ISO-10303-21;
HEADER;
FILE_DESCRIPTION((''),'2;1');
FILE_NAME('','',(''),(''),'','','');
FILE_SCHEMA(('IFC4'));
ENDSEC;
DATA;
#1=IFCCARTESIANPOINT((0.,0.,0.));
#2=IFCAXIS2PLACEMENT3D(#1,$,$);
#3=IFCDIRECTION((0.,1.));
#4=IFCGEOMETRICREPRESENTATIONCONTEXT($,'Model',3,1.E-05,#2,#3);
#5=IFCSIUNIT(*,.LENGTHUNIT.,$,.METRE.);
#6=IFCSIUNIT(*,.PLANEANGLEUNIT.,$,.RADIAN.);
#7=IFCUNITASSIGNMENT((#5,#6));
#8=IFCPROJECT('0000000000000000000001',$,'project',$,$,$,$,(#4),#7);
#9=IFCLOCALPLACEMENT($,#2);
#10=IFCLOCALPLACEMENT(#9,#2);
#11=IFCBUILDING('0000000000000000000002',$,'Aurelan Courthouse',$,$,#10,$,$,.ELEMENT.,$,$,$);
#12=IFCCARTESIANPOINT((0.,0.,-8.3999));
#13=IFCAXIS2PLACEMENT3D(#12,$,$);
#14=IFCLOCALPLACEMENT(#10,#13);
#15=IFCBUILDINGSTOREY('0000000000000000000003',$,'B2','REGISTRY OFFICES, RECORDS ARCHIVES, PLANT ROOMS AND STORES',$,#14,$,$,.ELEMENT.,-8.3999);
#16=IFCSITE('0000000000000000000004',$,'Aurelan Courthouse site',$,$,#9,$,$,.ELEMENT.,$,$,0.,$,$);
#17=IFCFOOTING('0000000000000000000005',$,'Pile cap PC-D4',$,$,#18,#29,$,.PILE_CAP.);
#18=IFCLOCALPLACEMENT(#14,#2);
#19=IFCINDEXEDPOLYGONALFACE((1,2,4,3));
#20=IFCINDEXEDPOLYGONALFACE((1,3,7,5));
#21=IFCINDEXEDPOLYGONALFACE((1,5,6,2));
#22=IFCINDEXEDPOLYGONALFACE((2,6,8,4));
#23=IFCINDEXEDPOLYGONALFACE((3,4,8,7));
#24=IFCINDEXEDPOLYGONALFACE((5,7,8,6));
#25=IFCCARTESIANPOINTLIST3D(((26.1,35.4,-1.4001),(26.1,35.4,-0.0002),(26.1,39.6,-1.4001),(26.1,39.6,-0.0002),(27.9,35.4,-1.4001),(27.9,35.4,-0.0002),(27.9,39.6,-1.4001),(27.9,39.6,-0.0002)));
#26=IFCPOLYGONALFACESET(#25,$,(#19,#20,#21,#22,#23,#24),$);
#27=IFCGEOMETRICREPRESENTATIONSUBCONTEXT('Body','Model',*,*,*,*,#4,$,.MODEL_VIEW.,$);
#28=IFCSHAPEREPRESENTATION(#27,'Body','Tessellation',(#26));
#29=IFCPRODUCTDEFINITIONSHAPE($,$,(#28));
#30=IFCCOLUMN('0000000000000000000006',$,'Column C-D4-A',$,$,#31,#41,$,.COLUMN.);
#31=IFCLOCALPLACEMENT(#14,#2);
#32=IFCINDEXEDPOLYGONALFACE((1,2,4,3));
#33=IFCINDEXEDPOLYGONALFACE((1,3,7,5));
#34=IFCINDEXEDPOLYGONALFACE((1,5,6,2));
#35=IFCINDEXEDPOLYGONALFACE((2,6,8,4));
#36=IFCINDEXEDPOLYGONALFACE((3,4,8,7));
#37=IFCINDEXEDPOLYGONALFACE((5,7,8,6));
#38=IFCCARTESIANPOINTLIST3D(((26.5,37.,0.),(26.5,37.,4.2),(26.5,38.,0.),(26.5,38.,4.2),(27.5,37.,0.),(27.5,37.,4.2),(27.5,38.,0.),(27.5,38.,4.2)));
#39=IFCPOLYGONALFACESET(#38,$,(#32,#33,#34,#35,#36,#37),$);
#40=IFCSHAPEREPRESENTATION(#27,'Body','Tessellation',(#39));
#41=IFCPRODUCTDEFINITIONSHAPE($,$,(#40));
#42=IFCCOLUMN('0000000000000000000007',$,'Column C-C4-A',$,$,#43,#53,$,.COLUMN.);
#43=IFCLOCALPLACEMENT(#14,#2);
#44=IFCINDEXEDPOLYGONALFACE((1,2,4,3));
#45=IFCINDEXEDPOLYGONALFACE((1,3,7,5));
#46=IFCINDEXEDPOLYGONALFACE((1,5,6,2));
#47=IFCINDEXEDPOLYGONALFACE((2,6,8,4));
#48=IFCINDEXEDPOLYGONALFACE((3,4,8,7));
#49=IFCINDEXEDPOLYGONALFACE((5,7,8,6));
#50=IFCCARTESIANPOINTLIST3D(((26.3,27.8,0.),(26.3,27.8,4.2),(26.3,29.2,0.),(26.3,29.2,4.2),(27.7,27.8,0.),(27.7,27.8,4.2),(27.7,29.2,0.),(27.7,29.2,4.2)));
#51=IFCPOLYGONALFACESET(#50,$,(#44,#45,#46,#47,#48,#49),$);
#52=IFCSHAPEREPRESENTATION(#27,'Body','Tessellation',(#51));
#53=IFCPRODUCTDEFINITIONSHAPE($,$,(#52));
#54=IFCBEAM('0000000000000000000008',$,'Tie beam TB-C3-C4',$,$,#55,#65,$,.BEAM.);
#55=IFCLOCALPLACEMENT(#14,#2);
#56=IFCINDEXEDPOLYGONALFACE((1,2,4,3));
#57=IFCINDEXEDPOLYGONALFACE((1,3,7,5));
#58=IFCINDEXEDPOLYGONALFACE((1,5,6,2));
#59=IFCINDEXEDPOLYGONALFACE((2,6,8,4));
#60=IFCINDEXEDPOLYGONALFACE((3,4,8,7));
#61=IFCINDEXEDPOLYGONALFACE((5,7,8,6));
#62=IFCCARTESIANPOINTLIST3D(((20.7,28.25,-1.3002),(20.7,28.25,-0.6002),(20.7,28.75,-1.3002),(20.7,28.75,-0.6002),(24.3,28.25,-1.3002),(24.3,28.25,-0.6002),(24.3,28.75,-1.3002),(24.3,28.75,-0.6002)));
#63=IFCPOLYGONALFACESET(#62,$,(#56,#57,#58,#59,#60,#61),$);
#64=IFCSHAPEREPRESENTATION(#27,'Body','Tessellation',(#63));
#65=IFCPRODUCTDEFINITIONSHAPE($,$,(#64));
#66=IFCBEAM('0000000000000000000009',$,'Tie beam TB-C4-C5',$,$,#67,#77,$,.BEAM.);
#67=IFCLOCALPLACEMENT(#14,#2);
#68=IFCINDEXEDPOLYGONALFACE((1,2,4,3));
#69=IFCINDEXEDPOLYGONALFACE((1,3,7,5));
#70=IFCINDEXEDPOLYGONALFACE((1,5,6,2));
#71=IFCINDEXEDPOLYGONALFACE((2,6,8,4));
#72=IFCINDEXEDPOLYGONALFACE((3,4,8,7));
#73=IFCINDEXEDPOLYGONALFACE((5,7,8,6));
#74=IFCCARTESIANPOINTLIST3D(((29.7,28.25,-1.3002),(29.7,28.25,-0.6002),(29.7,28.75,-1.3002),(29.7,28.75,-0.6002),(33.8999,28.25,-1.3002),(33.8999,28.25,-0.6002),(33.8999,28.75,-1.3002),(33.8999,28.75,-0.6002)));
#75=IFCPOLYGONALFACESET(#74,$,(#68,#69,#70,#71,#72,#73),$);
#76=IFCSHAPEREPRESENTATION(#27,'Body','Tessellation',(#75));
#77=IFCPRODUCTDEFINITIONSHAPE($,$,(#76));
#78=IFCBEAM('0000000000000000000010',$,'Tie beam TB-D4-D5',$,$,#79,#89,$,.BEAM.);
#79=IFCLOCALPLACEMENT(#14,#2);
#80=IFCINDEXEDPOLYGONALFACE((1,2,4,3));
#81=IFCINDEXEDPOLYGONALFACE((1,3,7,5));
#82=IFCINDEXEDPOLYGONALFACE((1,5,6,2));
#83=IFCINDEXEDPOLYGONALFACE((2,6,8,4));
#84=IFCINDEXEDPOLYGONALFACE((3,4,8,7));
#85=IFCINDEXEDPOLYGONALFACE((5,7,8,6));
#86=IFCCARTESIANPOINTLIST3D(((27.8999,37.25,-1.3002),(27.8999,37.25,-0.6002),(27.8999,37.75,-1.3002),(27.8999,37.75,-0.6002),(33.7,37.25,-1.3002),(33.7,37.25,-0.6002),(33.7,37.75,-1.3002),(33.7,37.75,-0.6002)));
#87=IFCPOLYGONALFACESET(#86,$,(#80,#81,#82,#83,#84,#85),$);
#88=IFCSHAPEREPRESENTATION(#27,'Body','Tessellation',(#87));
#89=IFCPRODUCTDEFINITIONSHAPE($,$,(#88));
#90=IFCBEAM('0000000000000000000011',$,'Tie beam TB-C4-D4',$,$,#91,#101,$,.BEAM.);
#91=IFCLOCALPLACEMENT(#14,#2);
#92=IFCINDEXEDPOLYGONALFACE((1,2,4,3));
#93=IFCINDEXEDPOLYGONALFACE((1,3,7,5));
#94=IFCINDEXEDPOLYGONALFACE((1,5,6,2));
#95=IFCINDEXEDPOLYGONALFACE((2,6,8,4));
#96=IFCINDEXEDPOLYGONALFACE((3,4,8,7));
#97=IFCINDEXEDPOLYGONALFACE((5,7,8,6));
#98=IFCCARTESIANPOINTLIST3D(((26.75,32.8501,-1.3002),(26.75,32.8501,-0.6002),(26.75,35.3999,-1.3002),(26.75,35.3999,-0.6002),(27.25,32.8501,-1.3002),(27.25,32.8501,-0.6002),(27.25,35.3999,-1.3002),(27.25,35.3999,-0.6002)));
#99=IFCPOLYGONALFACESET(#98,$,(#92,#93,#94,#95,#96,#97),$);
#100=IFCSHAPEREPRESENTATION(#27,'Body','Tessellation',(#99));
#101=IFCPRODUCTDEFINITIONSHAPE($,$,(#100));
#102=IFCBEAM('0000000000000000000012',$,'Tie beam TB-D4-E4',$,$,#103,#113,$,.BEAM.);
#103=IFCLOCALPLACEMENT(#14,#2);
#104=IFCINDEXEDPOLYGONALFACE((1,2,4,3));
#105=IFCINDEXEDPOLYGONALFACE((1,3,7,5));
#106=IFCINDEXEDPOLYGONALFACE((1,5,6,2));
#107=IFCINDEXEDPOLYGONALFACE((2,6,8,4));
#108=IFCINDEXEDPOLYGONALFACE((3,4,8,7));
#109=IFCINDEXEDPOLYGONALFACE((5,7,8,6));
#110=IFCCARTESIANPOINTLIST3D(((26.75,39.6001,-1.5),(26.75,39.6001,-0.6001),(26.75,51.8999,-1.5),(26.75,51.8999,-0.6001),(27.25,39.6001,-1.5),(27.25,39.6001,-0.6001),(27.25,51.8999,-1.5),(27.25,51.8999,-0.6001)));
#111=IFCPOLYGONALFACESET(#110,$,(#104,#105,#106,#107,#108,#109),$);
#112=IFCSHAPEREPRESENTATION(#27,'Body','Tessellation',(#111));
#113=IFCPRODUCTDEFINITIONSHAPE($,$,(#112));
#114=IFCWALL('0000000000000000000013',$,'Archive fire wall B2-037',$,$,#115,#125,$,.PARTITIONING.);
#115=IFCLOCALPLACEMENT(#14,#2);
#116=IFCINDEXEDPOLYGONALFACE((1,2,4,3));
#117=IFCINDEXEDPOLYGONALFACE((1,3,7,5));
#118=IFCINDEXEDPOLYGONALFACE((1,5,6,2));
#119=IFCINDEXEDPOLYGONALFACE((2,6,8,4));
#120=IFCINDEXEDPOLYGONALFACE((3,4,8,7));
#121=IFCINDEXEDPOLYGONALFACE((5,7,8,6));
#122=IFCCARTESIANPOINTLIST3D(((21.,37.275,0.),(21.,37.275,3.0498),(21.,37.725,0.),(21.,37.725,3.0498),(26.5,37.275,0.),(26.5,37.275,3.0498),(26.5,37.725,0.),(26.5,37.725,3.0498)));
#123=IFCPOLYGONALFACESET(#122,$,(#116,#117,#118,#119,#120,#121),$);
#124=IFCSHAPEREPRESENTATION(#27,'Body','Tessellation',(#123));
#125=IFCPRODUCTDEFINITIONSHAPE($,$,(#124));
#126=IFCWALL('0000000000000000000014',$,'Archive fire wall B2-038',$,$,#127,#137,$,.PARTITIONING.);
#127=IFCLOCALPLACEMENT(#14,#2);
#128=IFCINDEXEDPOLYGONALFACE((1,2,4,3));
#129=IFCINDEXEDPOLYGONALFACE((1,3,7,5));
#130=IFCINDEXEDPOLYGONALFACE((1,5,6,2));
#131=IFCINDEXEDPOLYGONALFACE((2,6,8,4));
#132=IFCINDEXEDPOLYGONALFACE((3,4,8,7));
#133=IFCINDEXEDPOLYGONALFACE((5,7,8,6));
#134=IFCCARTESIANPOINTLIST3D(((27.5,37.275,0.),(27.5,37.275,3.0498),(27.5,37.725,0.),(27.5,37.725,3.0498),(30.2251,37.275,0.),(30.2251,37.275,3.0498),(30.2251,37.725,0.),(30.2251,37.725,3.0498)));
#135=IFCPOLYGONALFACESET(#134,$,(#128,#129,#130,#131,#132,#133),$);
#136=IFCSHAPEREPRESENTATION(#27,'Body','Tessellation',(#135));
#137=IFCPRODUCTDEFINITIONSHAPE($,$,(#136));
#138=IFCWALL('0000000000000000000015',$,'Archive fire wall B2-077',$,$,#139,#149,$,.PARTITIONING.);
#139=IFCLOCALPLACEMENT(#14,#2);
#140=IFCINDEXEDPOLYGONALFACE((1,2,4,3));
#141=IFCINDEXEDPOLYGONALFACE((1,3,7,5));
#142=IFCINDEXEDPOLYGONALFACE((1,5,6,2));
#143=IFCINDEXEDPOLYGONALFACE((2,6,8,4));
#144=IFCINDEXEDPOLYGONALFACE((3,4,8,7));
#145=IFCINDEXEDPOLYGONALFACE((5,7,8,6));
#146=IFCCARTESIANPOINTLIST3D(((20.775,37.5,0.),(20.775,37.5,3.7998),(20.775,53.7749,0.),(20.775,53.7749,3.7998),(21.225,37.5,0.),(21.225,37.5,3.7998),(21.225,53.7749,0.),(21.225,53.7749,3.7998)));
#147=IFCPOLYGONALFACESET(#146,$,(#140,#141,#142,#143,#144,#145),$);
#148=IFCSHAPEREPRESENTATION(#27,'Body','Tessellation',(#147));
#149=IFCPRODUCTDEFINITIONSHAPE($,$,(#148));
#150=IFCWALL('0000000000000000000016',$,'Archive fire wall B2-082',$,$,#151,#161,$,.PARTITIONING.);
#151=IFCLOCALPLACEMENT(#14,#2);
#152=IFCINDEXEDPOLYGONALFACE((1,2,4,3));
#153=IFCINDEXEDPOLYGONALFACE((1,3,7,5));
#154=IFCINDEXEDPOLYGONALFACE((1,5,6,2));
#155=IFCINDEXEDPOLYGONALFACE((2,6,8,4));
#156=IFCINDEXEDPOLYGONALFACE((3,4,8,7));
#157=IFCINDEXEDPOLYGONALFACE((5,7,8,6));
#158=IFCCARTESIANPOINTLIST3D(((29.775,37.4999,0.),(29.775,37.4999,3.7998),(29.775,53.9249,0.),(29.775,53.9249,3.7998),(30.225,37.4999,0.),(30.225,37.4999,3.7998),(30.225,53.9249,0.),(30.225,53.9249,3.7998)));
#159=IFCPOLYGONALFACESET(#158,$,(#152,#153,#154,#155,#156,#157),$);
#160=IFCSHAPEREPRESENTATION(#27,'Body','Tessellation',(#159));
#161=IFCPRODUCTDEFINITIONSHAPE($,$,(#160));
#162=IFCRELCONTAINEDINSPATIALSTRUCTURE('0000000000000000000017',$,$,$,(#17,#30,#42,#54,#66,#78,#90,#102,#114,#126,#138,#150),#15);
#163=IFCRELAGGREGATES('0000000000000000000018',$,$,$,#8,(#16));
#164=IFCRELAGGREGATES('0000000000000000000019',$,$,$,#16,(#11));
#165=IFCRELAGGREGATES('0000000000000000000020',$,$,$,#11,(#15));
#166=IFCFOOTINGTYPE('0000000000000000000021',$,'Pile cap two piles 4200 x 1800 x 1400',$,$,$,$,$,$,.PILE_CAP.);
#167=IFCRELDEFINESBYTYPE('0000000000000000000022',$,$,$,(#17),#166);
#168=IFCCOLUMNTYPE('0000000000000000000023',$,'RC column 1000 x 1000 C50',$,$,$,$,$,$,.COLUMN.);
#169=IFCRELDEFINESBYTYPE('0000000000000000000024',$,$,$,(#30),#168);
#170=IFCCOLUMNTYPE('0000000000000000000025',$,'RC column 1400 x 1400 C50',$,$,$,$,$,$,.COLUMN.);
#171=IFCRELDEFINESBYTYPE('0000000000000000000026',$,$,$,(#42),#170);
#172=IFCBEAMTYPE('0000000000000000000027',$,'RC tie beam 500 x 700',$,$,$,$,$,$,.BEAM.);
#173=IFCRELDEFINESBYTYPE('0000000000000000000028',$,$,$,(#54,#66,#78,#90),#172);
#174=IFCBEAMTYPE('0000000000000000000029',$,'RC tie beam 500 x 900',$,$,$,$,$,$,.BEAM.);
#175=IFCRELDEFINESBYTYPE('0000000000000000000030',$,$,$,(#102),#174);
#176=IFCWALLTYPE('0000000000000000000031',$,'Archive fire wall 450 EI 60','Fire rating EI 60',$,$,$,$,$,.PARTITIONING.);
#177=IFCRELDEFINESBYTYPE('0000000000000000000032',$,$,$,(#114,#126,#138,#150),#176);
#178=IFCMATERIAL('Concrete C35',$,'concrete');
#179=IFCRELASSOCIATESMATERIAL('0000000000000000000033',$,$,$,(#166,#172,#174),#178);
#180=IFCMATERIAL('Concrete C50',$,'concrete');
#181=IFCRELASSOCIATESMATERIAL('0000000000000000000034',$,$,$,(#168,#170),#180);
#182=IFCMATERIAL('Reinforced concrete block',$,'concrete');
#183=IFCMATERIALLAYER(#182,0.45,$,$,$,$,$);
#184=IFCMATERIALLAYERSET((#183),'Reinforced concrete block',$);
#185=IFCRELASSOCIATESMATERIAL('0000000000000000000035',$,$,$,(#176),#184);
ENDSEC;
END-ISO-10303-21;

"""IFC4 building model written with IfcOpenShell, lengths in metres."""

from ifc_helpers import new_model, si_unit, direction, frame, frame_2d, origin, origin_2d, place, context, subcontext, project, spatial, rectangle, extrude, material, layer, layer_set, material_profile, profile_set, type_object, element, save


model = new_model("IFC4")

# Units and contexts
model_context = context("Model", 3, precision=1e-05, world=origin(), true_north=direction((0.0, 1.0)))
body_context = subcontext(model_context, "Body", "Model", "MODEL_VIEW")
ifc_project = project(units=[si_unit("LENGTHUNIT", "METRE"), si_unit("PLANEANGLEUNIT", "RADIAN")], contexts=[model_context])

# Site, building, storey
site_placement = place(None, origin())
site = spatial("IfcSite", under=ifc_project, at=site_placement, Name="Aurelan Courthouse site", CompositionType="ELEMENT", RefElevation=0.0)
building_placement = place(site_placement, origin())
building = spatial("IfcBuilding", under=site, at=building_placement, Name="Aurelan Courthouse", CompositionType="ELEMENT")
storey_placement = place(building_placement, frame((0.0, 0.0, -8.3999)))
storey = spatial("IfcBuildingStorey", under=building, at=storey_placement, Name="B2", Description="REGISTRY OFFICES, RECORDS ARCHIVES, PLANT ROOMS AND STORES", CompositionType="ELEMENT", Elevation=-8.3999)

# Shared definitions
ifc_material_1 = material(Name="Concrete C35", Category="concrete")

# Footing
footing_type_1 = type_object("IfcFootingType", Name="Pile cap two piles 4200 x 1800 x 1400", PredefinedType="PILE_CAP", material=ifc_material_1)
footing_1_placement = place(storey_placement, frame((27.0, 37.5, -1.4001), z_axis=(0.0, 0.0, 1.0), x_axis=(0.0, 1.0, 0.0)))
element("IfcFooting", 1, at=footing_1_placement, inside=storey, type_object=footing_type_1, Name="Pile cap PC-D4", PredefinedType="PILE_CAP", context=body_context, shape_type="SweptSolid", body=[
    extrude(rectangle(XDim=4.2, YDim=1.8, at=origin_2d()), origin(), (0.0, 0.0, 1.0), 1.3999),
])

# Columns
ifc_material_2 = material(Name="Concrete C50", Category="concrete")
ifc_material_profile_1 = material_profile(ifc_material_2, rectangle(XDim=1.0, YDim=1.0, at=origin_2d()), Name="RC 1000 x 1000")
ifc_profile_set_1 = profile_set([ifc_material_profile_1], Name="Concrete C50")
column_type_1 = type_object("IfcColumnType", Name="RC column 1000 x 1000 C50", PredefinedType="COLUMN", material=ifc_profile_set_1)
column_1_placement = place(storey_placement, frame((27.0, 37.5, 0.0), z_axis=(0.0, 0.0, 1.0), x_axis=(1.0, 0.0, 0.0)))
element("IfcColumn", 2, at=column_1_placement, inside=storey, type_object=column_type_1, Name="Column C-D4-A", PredefinedType="COLUMN", context=body_context, shape_type="SweptSolid", body=[
    extrude(rectangle(XDim=1.0, YDim=1.0, at=origin_2d()), origin(), (0.0, 0.0, 1.0), 4.2),
])
ifc_material_profile_2 = material_profile(ifc_material_2, rectangle(XDim=1.3999, YDim=1.3999, at=origin_2d()), Name="RC 1400 x 1400")
ifc_profile_set_2 = profile_set([ifc_material_profile_2], Name="Concrete C50")
column_type_2 = type_object("IfcColumnType", Name="RC column 1400 x 1400 C50", PredefinedType="COLUMN", material=ifc_profile_set_2)
column_2_placement = place(storey_placement, frame((27.0, 28.5, 0.0), z_axis=(0.0, 0.0, 1.0), x_axis=(1.0, 0.0, 0.0)))
element("IfcColumn", 3, at=column_2_placement, inside=storey, type_object=column_type_2, Name="Column C-C4-A", PredefinedType="COLUMN", context=body_context, shape_type="SweptSolid", body=[
    extrude(rectangle(XDim=1.3999, YDim=1.3999, at=origin_2d()), origin(), (0.0, 0.0, 1.0), 4.2),
])

# Beams
ifc_material_profile_3 = material_profile(ifc_material_1, rectangle(XDim=0.5, YDim=0.7, at=origin_2d()), Name="RC 500 x 700")
ifc_profile_set_3 = profile_set([ifc_material_profile_3], Name="Concrete C35")
beam_type_1 = type_object("IfcBeamType", Name="RC tie beam 500 x 700", PredefinedType="BEAM", material=ifc_profile_set_3)
beam_1_placement = place(storey_placement, frame((20.7, 28.5, -0.9502), z_axis=(1.0, 0.0, 0.0), x_axis=(0.0, 1.0, 0.0)))
element("IfcBeam", 4, at=beam_1_placement, inside=storey, type_object=beam_type_1, Name="Tie beam TB-C3-C4", PredefinedType="BEAM", context=body_context, shape_type="SweptSolid", body=[
    extrude(rectangle(XDim=0.5, YDim=0.7, at=origin_2d()), origin(), (0.0, 0.0, 1.0), 3.6001),
])
beam_2_placement = place(storey_placement, frame((29.7, 28.5, -0.9502), z_axis=(1.0, 0.0, 0.0), x_axis=(0.0, 1.0, 0.0)))
element("IfcBeam", 5, at=beam_2_placement, inside=storey, type_object=beam_type_1, Name="Tie beam TB-C4-C5", PredefinedType="BEAM", context=body_context, shape_type="SweptSolid", body=[
    extrude(rectangle(XDim=0.5, YDim=0.7, at=origin_2d()), origin(), (0.0, 0.0, 1.0), 4.2),
])
beam_3_placement = place(storey_placement, frame((27.8999, 37.5, -0.9502), z_axis=(1.0, 0.0, 0.0), x_axis=(0.0, 1.0, 0.0)))
element("IfcBeam", 6, at=beam_3_placement, inside=storey, type_object=beam_type_1, Name="Tie beam TB-D4-D5", PredefinedType="BEAM", context=body_context, shape_type="SweptSolid", body=[
    extrude(rectangle(XDim=0.5, YDim=0.7, at=origin_2d()), origin(), (0.0, 0.0, 1.0), 5.8),
])
beam_4_placement = place(storey_placement, frame((27.0, 32.8501, -0.9502), z_axis=(0.0, 1.0, 0.0), x_axis=(-1.0, 0.0, 0.0)))
element("IfcBeam", 7, at=beam_4_placement, inside=storey, type_object=beam_type_1, Name="Tie beam TB-C4-D4", PredefinedType="BEAM", context=body_context, shape_type="SweptSolid", body=[
    extrude(rectangle(XDim=0.5, YDim=0.7, at=origin_2d()), origin(), (0.0, 0.0, 1.0), 2.5498),
])
ifc_material_profile_4 = material_profile(ifc_material_1, rectangle(XDim=0.5, YDim=0.8999, at=origin_2d()), Name="RC 500 x 900")
ifc_profile_set_4 = profile_set([ifc_material_profile_4], Name="Concrete C35")
beam_type_2 = type_object("IfcBeamType", Name="RC tie beam 500 x 900", PredefinedType="BEAM", material=ifc_profile_set_4)
beam_5_placement = place(storey_placement, frame((27.0, 39.6001, -1.05), z_axis=(0.0, 1.0, 0.0), x_axis=(-1.0, 0.0, 0.0)))
element("IfcBeam", 8, at=beam_5_placement, inside=storey, type_object=beam_type_2, Name="Tie beam TB-D4-E4", PredefinedType="BEAM", context=body_context, shape_type="SweptSolid", body=[
    extrude(rectangle(XDim=0.5, YDim=0.8999, at=origin_2d()), origin(), (0.0, 0.0, 1.0), 12.2998),
])

# Walls
ifc_material_3 = material(Name="Reinforced concrete block", Category="concrete")
ifc_layer_1 = layer(ifc_material_3, 0.45)
ifc_layer_set_1 = layer_set([ifc_layer_1], Name="Reinforced concrete block")
wall_type_1 = type_object("IfcWallType", Name="Archive fire wall 450 EI 60", Description="Fire rating EI 60", PredefinedType="PARTITIONING", material=ifc_layer_set_1)
wall_1_placement = place(storey_placement, frame((21.0, 37.5, 0.0), z_axis=(0.0, 0.0, 1.0), x_axis=(1.0, 0.0, 0.0)))
element("IfcWall", 9, at=wall_1_placement, inside=storey, type_object=wall_type_1, Name="Archive fire wall B2-037", PredefinedType="PARTITIONING", context=body_context, shape_type="SweptSolid", body=[
    extrude(rectangle(XDim=5.5, YDim=0.45, at=frame_2d((2.75, 0.0))), origin(), (0.0, 0.0, 1.0), 3.0498),
])
wall_2_placement = place(storey_placement, frame((27.5, 37.5, 0.0), z_axis=(0.0, 0.0, 1.0), x_axis=(1.0, 0.0, 0.0)))
element("IfcWall", 10, at=wall_2_placement, inside=storey, type_object=wall_type_1, Name="Archive fire wall B2-038", PredefinedType="PARTITIONING", context=body_context, shape_type="SweptSolid", body=[
    extrude(rectangle(XDim=2.7251, YDim=0.45, at=frame_2d((1.3625, 0.0))), origin(), (0.0, 0.0, 1.0), 3.0498),
])
wall_3_placement = place(storey_placement, frame((21.0, 37.5, 0.0), z_axis=(0.0, 0.0, 1.0), x_axis=(0.0, 1.0, 0.0)))
element("IfcWall", 11, at=wall_3_placement, inside=storey, type_object=wall_type_1, Name="Archive fire wall B2-077", PredefinedType="PARTITIONING", context=body_context, shape_type="SweptSolid", body=[
    extrude(rectangle(XDim=16.2749, YDim=0.45, at=frame_2d((8.1375, 0.0))), origin(), (0.0, 0.0, 1.0), 3.7998),
])
wall_4_placement = place(storey_placement, frame((30.0, 37.5, 0.0), z_axis=(0.0, 0.0, 1.0), x_axis=(0.0, 1.0, 0.0)))
element("IfcWall", 12, at=wall_4_placement, inside=storey, type_object=wall_type_1, Name="Archive fire wall B2-082", PredefinedType="PARTITIONING", context=body_context, shape_type="SweptSolid", body=[
    extrude(rectangle(XDim=16.425, YDim=0.45, at=frame_2d((8.2124, 0.0))), origin(), (0.0, 0.0, 1.0), 3.7998),
])

save(model, "model.ifc")
